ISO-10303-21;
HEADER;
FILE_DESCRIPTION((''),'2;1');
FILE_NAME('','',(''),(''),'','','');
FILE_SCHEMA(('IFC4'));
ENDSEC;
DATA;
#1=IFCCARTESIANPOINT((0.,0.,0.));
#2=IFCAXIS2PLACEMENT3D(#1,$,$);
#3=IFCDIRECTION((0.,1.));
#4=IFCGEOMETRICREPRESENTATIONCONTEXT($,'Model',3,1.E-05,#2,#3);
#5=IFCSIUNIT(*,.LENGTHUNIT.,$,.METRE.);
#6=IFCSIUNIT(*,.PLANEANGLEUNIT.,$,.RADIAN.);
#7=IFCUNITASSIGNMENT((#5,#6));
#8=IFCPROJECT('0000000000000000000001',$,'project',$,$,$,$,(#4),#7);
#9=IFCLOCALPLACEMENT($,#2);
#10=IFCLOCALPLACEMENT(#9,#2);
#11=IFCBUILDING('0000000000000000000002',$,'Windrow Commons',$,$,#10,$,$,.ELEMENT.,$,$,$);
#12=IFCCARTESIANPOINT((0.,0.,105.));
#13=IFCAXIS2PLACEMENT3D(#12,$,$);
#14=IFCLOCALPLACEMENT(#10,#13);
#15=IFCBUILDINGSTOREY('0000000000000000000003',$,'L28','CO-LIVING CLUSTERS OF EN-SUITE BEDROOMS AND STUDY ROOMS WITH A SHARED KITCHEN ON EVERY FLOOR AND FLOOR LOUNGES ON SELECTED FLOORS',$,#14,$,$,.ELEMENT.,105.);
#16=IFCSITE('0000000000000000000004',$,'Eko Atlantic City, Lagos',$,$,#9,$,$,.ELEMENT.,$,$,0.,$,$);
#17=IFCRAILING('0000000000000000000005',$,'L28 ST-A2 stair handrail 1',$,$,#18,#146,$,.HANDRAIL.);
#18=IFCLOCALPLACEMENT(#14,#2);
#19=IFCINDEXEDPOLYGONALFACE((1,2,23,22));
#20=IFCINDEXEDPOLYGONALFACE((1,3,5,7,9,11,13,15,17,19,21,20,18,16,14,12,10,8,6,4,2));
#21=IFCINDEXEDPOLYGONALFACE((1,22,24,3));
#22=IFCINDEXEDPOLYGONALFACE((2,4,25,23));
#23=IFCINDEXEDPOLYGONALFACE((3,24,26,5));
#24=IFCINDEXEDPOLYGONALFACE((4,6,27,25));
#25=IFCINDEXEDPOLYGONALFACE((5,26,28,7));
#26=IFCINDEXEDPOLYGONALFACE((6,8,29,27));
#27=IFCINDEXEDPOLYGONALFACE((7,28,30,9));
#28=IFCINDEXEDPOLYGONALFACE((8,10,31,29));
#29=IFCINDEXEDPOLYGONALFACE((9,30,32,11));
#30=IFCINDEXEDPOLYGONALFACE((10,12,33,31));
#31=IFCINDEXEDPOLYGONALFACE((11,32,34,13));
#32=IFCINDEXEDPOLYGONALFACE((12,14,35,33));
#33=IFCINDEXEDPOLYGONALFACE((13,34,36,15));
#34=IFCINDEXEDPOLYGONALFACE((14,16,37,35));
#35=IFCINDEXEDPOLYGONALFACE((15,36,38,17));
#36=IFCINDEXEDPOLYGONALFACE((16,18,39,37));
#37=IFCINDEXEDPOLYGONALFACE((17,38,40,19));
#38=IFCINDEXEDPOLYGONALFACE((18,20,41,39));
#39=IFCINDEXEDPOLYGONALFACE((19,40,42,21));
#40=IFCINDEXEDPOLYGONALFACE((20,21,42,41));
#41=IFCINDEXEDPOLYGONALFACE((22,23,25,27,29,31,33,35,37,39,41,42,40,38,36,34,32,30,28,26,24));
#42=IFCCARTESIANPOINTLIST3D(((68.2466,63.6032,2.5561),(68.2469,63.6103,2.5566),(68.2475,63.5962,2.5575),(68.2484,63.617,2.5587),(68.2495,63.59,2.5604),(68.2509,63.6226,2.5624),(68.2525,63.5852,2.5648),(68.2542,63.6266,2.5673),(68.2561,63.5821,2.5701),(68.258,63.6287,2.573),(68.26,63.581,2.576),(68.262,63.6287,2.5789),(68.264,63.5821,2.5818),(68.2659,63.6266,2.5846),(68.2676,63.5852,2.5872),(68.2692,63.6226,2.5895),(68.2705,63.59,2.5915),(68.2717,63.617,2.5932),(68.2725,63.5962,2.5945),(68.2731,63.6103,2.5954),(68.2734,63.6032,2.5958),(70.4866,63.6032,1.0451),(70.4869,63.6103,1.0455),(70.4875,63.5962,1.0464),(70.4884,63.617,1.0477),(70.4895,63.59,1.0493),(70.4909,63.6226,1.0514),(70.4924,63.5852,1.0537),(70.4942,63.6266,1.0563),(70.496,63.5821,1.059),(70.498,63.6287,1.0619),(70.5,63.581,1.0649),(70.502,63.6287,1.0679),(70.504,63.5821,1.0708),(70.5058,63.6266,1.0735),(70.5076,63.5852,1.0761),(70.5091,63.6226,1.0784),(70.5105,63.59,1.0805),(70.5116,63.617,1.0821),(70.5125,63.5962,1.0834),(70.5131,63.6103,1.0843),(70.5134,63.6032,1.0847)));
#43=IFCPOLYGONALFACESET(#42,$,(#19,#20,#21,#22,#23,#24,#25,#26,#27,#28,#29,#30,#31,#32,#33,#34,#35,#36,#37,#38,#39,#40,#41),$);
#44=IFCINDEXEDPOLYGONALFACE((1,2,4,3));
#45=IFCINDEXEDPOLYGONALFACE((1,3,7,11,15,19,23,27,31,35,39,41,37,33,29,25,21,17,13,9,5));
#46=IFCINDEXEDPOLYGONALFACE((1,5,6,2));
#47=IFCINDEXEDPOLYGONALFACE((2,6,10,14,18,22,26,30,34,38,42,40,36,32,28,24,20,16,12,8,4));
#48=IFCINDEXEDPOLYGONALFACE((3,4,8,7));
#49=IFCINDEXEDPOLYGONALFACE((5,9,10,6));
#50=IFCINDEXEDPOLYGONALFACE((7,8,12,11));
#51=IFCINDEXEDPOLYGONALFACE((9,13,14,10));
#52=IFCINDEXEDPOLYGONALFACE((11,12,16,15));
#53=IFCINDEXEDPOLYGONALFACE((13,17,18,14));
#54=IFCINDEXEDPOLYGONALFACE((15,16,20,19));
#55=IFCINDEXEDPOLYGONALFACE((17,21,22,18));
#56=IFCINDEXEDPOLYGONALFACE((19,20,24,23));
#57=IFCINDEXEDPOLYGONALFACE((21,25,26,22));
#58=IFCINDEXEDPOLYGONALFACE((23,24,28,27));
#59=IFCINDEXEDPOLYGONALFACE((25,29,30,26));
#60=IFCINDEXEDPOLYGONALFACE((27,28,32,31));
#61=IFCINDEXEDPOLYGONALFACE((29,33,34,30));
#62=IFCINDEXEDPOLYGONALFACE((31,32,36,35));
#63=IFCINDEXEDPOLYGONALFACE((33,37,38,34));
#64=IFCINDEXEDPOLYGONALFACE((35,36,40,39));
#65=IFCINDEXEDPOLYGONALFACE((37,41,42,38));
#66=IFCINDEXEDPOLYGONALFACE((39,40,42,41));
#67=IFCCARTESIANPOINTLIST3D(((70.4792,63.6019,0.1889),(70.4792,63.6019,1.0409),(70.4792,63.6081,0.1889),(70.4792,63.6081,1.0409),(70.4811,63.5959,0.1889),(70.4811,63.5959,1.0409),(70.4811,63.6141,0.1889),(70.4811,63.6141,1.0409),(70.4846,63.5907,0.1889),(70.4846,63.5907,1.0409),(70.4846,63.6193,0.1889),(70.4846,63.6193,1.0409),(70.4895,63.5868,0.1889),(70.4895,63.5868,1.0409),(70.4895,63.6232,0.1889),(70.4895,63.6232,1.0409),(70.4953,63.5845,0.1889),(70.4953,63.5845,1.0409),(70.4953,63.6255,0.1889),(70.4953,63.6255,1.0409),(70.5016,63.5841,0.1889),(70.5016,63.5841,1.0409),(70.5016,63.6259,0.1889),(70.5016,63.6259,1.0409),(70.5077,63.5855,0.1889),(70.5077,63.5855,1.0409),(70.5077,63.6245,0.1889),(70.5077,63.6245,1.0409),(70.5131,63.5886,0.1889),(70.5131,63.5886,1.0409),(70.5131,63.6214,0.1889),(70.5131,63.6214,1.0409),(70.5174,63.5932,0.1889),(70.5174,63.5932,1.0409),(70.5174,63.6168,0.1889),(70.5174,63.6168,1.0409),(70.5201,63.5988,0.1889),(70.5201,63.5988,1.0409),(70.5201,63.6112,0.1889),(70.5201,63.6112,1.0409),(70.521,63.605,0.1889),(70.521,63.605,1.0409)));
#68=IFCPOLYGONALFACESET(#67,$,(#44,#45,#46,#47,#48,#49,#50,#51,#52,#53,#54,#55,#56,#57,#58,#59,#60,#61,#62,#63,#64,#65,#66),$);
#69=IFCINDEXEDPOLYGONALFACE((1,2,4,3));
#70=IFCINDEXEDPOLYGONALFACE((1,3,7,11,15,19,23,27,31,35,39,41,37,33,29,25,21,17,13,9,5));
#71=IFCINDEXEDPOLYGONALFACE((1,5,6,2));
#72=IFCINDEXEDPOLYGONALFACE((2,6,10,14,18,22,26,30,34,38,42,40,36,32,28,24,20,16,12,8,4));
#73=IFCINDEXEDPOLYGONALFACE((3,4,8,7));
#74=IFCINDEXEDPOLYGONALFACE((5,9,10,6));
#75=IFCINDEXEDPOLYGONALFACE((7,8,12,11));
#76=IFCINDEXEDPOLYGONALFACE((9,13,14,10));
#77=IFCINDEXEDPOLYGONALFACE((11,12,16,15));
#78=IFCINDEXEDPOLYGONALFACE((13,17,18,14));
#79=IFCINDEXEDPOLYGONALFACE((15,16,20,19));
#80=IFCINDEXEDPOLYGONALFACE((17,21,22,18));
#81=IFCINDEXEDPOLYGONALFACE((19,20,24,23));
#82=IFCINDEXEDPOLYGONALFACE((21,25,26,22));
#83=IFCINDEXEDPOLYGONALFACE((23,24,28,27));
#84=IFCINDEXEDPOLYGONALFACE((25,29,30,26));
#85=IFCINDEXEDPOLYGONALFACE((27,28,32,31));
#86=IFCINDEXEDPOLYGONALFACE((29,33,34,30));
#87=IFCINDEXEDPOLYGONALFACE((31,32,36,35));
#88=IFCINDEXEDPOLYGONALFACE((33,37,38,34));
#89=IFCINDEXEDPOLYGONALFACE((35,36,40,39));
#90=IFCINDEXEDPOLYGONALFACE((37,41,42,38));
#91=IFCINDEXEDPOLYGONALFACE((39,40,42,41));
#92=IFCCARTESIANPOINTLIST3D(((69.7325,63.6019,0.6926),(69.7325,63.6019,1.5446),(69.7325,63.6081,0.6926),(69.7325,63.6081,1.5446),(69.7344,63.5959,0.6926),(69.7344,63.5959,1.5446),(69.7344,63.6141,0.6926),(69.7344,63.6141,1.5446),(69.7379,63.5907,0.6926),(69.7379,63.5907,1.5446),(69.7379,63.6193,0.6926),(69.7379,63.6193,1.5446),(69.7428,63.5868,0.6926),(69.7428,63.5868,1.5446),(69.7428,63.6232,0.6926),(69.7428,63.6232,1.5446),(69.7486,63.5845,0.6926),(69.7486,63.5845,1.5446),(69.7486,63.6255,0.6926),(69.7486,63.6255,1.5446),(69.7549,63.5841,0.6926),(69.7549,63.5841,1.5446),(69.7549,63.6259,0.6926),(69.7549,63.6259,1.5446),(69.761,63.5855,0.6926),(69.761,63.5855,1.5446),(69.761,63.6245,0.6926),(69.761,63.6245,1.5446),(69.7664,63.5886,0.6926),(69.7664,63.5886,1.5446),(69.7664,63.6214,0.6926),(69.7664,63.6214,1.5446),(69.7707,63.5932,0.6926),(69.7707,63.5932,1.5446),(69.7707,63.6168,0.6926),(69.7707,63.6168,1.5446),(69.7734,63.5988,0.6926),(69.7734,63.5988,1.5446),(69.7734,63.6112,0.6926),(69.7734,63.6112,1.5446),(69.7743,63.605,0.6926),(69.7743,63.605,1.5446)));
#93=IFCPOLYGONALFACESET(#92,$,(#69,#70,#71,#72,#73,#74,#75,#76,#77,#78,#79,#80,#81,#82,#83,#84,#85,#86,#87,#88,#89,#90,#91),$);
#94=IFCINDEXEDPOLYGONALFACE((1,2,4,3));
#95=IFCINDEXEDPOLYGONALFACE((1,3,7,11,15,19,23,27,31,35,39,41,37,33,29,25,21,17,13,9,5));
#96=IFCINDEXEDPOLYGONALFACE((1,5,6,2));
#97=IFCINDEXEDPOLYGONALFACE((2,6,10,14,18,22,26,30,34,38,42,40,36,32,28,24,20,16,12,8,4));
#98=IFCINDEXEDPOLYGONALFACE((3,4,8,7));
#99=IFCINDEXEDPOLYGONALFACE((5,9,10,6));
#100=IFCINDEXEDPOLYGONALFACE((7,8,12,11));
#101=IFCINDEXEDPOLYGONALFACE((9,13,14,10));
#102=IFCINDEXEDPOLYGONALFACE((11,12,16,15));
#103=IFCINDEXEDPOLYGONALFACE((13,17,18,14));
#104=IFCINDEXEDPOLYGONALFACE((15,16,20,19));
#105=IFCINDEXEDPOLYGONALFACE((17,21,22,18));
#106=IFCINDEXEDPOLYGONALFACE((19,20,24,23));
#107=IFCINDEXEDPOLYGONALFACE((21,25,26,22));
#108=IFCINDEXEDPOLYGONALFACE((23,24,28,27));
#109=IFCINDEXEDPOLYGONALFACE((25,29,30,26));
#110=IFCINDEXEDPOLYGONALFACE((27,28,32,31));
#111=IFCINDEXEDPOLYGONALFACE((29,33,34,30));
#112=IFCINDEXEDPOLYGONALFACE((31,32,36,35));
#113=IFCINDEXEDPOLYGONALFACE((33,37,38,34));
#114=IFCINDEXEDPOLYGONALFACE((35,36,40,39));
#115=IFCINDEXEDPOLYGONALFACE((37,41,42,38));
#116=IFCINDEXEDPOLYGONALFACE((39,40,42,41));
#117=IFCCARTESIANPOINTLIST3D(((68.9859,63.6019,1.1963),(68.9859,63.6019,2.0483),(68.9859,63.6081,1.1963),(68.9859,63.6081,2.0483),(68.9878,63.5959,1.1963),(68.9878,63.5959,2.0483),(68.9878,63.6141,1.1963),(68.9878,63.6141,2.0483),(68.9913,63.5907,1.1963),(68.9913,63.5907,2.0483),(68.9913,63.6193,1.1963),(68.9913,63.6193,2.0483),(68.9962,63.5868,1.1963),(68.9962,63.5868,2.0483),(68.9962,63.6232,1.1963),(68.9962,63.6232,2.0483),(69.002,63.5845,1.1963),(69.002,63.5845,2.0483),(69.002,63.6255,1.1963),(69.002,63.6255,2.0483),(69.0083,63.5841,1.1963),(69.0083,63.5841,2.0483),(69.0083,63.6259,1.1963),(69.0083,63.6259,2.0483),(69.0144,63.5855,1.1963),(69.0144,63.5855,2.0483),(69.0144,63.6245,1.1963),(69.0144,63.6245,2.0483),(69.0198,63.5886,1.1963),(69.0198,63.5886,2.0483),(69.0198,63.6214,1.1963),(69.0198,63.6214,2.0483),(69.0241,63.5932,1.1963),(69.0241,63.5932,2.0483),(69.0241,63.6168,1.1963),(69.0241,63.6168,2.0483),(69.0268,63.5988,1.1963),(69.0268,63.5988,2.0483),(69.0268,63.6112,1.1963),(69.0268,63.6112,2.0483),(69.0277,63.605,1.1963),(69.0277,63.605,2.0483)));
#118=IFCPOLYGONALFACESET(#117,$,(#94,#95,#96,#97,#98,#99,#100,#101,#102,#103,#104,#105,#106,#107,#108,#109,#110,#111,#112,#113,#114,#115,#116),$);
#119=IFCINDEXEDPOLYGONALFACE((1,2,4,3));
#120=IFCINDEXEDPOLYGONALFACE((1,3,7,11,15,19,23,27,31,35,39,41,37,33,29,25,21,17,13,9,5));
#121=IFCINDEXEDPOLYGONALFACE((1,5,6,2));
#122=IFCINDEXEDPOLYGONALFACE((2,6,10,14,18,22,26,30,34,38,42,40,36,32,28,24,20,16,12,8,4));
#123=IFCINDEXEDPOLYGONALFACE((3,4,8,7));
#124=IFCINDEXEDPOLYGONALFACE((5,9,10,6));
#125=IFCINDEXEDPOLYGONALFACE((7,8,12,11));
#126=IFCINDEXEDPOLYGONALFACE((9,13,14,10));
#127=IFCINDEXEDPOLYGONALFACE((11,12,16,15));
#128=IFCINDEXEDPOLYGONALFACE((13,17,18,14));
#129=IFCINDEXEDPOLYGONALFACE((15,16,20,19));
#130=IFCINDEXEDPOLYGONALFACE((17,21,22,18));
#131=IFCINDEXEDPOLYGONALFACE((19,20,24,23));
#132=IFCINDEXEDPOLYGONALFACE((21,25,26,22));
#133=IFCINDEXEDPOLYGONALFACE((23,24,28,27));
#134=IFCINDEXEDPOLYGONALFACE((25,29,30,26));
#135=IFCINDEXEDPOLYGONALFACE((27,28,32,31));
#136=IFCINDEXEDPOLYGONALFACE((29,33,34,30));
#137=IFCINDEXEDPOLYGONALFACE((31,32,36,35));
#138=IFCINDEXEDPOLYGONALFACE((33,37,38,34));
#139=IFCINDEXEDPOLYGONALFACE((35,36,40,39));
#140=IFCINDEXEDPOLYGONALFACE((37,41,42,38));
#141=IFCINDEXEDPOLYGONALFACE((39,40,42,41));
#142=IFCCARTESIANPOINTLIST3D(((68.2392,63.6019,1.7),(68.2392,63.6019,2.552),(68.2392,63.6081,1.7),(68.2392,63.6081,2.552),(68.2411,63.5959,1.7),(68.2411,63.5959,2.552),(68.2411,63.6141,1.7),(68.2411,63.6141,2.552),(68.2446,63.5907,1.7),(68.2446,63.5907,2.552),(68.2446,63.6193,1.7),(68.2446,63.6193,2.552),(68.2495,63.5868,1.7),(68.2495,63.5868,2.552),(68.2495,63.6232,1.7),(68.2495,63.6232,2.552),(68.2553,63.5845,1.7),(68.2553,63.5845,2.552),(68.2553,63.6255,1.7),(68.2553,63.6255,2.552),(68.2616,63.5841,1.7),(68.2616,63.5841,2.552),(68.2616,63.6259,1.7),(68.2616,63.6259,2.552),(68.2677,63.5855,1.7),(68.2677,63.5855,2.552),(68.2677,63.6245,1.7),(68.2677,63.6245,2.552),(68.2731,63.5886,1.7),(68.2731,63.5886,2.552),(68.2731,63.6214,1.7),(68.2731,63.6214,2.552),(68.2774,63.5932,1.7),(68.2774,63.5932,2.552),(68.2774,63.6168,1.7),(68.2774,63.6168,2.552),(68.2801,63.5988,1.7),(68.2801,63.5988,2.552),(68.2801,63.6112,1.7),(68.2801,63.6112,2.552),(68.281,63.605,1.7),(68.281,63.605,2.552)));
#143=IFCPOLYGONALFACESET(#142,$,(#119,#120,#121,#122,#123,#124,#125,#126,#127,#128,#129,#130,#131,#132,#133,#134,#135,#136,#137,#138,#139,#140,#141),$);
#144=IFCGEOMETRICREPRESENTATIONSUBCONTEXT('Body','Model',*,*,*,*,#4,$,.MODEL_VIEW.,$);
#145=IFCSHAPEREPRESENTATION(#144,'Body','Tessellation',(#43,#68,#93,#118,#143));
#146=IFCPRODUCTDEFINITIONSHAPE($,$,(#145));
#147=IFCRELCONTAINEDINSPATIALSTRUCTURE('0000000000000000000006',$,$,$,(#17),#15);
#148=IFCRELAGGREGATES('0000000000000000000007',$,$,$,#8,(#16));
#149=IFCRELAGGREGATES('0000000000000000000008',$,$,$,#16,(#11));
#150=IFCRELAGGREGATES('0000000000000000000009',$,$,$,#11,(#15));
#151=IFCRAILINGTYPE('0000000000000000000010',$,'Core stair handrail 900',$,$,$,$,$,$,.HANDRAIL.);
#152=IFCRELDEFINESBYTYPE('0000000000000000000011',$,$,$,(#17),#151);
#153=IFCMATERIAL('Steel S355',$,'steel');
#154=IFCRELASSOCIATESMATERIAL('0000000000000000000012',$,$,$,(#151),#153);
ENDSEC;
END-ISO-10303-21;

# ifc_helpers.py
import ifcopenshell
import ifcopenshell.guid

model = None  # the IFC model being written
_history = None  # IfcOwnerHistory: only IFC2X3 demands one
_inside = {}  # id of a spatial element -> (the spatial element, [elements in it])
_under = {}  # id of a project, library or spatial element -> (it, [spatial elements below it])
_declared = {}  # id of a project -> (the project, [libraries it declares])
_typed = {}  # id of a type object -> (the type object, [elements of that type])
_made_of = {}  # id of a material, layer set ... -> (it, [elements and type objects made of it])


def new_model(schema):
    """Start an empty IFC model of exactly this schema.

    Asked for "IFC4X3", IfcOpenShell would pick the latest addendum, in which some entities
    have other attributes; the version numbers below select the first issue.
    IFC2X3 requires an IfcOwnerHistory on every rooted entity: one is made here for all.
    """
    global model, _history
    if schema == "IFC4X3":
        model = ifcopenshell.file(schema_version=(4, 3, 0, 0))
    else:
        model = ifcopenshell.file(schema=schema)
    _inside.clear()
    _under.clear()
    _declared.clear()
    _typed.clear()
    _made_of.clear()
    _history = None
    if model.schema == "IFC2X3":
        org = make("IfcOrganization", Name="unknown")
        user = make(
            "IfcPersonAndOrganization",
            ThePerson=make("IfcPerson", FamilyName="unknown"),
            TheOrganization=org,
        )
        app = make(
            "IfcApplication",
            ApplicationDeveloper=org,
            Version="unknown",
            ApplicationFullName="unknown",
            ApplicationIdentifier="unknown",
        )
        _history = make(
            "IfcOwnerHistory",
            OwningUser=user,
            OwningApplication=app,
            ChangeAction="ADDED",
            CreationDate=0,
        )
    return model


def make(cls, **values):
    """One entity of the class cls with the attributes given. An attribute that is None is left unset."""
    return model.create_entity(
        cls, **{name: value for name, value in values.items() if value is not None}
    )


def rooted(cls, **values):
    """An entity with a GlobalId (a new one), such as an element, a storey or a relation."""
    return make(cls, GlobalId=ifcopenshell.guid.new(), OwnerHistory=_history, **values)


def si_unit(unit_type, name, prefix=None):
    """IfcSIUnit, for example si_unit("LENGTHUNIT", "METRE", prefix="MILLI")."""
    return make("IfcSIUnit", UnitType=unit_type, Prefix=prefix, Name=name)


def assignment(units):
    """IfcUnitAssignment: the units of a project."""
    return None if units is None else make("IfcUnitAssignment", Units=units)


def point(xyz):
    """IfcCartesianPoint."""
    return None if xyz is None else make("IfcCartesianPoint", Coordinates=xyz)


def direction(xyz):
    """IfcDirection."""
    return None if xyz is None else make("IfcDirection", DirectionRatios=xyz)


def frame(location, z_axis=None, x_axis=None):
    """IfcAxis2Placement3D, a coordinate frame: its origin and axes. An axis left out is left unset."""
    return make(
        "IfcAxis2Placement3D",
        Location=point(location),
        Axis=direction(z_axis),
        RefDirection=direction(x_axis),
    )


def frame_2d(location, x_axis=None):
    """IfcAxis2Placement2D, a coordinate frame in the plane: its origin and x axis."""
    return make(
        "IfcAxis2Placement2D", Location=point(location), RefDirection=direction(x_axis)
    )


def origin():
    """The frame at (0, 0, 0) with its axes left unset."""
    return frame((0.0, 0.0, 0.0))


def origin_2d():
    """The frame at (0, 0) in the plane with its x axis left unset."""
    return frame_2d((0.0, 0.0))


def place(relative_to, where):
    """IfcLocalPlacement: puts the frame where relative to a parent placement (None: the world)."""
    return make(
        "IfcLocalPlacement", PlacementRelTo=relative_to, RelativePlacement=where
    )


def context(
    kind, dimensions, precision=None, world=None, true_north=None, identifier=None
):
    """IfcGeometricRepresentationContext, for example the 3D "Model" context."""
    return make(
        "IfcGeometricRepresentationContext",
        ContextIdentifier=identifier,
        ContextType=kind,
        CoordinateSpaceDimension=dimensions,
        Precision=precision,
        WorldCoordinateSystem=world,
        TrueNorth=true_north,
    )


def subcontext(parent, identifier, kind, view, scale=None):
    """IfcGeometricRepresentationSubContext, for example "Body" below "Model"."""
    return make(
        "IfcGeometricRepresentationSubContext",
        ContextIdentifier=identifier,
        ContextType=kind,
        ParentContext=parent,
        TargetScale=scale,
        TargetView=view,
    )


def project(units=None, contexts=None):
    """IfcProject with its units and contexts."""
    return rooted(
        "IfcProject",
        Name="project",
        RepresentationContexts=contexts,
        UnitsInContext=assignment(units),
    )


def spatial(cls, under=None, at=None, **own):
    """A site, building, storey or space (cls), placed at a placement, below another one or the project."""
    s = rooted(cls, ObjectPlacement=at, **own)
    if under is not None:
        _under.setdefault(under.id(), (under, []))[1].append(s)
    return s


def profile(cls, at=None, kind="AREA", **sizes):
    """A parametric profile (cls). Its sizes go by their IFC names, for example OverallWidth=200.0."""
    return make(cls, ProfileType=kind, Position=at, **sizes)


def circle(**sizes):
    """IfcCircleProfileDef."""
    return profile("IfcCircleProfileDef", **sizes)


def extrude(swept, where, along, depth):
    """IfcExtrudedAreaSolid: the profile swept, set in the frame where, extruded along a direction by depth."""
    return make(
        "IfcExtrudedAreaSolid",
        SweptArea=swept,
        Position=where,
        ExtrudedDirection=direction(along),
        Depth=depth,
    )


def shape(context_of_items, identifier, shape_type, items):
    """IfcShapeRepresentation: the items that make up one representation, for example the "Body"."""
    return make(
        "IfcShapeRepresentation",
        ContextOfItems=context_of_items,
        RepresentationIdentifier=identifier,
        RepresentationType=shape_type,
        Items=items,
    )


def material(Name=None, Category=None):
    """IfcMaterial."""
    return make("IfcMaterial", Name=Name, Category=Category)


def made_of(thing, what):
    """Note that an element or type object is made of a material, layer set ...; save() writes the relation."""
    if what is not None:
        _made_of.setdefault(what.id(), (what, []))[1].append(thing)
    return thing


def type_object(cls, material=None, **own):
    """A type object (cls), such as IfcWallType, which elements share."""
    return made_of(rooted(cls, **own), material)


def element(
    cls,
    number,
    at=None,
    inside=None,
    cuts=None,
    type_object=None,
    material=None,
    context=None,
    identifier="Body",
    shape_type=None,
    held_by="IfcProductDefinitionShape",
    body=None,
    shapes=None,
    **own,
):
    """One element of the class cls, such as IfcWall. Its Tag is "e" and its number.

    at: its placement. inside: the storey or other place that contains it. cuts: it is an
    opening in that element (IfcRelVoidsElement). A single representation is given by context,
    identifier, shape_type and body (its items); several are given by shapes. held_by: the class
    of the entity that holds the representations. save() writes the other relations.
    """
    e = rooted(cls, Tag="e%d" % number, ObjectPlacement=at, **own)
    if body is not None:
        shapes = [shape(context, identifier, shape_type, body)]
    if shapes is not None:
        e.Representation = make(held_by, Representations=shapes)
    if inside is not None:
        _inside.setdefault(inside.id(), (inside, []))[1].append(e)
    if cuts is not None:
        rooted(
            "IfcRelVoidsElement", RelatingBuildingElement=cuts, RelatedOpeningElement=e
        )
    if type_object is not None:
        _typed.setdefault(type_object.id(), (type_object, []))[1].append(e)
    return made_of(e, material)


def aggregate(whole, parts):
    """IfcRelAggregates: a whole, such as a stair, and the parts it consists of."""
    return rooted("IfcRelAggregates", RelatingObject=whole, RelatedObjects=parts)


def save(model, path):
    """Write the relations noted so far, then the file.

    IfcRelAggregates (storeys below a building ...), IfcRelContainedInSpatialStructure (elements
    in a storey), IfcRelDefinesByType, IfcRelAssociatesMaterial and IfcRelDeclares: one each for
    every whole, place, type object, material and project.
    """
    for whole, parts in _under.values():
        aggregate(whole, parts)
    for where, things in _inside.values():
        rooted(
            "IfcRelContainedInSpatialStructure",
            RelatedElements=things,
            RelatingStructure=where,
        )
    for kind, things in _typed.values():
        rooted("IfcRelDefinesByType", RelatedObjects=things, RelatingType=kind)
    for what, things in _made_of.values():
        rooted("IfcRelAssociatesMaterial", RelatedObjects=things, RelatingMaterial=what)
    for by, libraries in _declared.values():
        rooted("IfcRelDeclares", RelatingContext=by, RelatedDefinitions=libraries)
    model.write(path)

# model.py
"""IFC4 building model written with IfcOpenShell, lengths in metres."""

from ifc_helpers import new_model, si_unit, direction, frame, origin, origin_2d, place, context, subcontext, project, spatial, circle, extrude, material, type_object, element, save


model = new_model("IFC4")

# Units and contexts
model_context = context("Model", 3, precision=1e-05, world=origin(), true_north=direction((0.0, 1.0)))
body_context = subcontext(model_context, "Body", "Model", "MODEL_VIEW")
ifc_project = project(units=[si_unit("LENGTHUNIT", "METRE"), si_unit("PLANEANGLEUNIT", "RADIAN")], contexts=[model_context])

# Site, building, storey
site_placement = place(None, origin())
site = spatial("IfcSite", under=ifc_project, at=site_placement, Name="Eko Atlantic City, Lagos", CompositionType="ELEMENT", RefElevation=0.0)
building_placement = place(site_placement, origin())
building = spatial("IfcBuilding", under=site, at=building_placement, Name="Windrow Commons", CompositionType="ELEMENT")
storey_placement = place(building_placement, frame((0.0, 0.0, 105.0)))
storey = spatial("IfcBuildingStorey", under=building, at=storey_placement, Name="L28", Description="CO-LIVING CLUSTERS OF EN-SUITE BEDROOMS AND STUDY ROOMS WITH A SHARED KITCHEN ON EVERY FLOOR AND FLOOR LOUNGES ON SELECTED FLOORS", CompositionType="ELEMENT", Elevation=105.0)

# Railing
ifc_material_1 = material(Name="Steel S355", Category="steel")
railing_type_1 = type_object("IfcRailingType", Name="Core stair handrail 900", PredefinedType="HANDRAIL", material=ifc_material_1)
for number, where, name in (
    (1, (70.5, 63.605, 0.1889), "L28 ST-A2 stair handrail 1"),
):
    element("IfcRailing", number, at=place(storey_placement, frame(where)), inside=storey, type_object=railing_type_1, Name=name, PredefinedType="HANDRAIL", context=body_context, shape_type="SweptSolid", body=[
        extrude(circle(Radius=0.024, at=origin_2d()), frame((0.0, 0.0, 0.876), z_axis=(-0.829003, 0.0, 0.559244), x_axis=(0.0, -1.0, 0.0)), (0.0, 0.0, 1.0), 2.702),
        extrude(circle(Radius=0.021, at=origin_2d()), origin(), (0.0, 0.0, 1.0), 0.852),
        extrude(circle(Radius=0.021, at=origin_2d()), frame((-0.7467, 0.0, 0.5037)), (0.0, 0.0, 1.0), 0.852),
        extrude(circle(Radius=0.021, at=origin_2d()), frame((-1.4933, 0.0, 1.0074)), (0.0, 0.0, 1.0), 0.852),
        extrude(circle(Radius=0.021, at=origin_2d()), frame((-2.24, 0.0, 1.5111)), (0.0, 0.0, 1.0), 0.852),
    ])

save(model, "model.ifc")
